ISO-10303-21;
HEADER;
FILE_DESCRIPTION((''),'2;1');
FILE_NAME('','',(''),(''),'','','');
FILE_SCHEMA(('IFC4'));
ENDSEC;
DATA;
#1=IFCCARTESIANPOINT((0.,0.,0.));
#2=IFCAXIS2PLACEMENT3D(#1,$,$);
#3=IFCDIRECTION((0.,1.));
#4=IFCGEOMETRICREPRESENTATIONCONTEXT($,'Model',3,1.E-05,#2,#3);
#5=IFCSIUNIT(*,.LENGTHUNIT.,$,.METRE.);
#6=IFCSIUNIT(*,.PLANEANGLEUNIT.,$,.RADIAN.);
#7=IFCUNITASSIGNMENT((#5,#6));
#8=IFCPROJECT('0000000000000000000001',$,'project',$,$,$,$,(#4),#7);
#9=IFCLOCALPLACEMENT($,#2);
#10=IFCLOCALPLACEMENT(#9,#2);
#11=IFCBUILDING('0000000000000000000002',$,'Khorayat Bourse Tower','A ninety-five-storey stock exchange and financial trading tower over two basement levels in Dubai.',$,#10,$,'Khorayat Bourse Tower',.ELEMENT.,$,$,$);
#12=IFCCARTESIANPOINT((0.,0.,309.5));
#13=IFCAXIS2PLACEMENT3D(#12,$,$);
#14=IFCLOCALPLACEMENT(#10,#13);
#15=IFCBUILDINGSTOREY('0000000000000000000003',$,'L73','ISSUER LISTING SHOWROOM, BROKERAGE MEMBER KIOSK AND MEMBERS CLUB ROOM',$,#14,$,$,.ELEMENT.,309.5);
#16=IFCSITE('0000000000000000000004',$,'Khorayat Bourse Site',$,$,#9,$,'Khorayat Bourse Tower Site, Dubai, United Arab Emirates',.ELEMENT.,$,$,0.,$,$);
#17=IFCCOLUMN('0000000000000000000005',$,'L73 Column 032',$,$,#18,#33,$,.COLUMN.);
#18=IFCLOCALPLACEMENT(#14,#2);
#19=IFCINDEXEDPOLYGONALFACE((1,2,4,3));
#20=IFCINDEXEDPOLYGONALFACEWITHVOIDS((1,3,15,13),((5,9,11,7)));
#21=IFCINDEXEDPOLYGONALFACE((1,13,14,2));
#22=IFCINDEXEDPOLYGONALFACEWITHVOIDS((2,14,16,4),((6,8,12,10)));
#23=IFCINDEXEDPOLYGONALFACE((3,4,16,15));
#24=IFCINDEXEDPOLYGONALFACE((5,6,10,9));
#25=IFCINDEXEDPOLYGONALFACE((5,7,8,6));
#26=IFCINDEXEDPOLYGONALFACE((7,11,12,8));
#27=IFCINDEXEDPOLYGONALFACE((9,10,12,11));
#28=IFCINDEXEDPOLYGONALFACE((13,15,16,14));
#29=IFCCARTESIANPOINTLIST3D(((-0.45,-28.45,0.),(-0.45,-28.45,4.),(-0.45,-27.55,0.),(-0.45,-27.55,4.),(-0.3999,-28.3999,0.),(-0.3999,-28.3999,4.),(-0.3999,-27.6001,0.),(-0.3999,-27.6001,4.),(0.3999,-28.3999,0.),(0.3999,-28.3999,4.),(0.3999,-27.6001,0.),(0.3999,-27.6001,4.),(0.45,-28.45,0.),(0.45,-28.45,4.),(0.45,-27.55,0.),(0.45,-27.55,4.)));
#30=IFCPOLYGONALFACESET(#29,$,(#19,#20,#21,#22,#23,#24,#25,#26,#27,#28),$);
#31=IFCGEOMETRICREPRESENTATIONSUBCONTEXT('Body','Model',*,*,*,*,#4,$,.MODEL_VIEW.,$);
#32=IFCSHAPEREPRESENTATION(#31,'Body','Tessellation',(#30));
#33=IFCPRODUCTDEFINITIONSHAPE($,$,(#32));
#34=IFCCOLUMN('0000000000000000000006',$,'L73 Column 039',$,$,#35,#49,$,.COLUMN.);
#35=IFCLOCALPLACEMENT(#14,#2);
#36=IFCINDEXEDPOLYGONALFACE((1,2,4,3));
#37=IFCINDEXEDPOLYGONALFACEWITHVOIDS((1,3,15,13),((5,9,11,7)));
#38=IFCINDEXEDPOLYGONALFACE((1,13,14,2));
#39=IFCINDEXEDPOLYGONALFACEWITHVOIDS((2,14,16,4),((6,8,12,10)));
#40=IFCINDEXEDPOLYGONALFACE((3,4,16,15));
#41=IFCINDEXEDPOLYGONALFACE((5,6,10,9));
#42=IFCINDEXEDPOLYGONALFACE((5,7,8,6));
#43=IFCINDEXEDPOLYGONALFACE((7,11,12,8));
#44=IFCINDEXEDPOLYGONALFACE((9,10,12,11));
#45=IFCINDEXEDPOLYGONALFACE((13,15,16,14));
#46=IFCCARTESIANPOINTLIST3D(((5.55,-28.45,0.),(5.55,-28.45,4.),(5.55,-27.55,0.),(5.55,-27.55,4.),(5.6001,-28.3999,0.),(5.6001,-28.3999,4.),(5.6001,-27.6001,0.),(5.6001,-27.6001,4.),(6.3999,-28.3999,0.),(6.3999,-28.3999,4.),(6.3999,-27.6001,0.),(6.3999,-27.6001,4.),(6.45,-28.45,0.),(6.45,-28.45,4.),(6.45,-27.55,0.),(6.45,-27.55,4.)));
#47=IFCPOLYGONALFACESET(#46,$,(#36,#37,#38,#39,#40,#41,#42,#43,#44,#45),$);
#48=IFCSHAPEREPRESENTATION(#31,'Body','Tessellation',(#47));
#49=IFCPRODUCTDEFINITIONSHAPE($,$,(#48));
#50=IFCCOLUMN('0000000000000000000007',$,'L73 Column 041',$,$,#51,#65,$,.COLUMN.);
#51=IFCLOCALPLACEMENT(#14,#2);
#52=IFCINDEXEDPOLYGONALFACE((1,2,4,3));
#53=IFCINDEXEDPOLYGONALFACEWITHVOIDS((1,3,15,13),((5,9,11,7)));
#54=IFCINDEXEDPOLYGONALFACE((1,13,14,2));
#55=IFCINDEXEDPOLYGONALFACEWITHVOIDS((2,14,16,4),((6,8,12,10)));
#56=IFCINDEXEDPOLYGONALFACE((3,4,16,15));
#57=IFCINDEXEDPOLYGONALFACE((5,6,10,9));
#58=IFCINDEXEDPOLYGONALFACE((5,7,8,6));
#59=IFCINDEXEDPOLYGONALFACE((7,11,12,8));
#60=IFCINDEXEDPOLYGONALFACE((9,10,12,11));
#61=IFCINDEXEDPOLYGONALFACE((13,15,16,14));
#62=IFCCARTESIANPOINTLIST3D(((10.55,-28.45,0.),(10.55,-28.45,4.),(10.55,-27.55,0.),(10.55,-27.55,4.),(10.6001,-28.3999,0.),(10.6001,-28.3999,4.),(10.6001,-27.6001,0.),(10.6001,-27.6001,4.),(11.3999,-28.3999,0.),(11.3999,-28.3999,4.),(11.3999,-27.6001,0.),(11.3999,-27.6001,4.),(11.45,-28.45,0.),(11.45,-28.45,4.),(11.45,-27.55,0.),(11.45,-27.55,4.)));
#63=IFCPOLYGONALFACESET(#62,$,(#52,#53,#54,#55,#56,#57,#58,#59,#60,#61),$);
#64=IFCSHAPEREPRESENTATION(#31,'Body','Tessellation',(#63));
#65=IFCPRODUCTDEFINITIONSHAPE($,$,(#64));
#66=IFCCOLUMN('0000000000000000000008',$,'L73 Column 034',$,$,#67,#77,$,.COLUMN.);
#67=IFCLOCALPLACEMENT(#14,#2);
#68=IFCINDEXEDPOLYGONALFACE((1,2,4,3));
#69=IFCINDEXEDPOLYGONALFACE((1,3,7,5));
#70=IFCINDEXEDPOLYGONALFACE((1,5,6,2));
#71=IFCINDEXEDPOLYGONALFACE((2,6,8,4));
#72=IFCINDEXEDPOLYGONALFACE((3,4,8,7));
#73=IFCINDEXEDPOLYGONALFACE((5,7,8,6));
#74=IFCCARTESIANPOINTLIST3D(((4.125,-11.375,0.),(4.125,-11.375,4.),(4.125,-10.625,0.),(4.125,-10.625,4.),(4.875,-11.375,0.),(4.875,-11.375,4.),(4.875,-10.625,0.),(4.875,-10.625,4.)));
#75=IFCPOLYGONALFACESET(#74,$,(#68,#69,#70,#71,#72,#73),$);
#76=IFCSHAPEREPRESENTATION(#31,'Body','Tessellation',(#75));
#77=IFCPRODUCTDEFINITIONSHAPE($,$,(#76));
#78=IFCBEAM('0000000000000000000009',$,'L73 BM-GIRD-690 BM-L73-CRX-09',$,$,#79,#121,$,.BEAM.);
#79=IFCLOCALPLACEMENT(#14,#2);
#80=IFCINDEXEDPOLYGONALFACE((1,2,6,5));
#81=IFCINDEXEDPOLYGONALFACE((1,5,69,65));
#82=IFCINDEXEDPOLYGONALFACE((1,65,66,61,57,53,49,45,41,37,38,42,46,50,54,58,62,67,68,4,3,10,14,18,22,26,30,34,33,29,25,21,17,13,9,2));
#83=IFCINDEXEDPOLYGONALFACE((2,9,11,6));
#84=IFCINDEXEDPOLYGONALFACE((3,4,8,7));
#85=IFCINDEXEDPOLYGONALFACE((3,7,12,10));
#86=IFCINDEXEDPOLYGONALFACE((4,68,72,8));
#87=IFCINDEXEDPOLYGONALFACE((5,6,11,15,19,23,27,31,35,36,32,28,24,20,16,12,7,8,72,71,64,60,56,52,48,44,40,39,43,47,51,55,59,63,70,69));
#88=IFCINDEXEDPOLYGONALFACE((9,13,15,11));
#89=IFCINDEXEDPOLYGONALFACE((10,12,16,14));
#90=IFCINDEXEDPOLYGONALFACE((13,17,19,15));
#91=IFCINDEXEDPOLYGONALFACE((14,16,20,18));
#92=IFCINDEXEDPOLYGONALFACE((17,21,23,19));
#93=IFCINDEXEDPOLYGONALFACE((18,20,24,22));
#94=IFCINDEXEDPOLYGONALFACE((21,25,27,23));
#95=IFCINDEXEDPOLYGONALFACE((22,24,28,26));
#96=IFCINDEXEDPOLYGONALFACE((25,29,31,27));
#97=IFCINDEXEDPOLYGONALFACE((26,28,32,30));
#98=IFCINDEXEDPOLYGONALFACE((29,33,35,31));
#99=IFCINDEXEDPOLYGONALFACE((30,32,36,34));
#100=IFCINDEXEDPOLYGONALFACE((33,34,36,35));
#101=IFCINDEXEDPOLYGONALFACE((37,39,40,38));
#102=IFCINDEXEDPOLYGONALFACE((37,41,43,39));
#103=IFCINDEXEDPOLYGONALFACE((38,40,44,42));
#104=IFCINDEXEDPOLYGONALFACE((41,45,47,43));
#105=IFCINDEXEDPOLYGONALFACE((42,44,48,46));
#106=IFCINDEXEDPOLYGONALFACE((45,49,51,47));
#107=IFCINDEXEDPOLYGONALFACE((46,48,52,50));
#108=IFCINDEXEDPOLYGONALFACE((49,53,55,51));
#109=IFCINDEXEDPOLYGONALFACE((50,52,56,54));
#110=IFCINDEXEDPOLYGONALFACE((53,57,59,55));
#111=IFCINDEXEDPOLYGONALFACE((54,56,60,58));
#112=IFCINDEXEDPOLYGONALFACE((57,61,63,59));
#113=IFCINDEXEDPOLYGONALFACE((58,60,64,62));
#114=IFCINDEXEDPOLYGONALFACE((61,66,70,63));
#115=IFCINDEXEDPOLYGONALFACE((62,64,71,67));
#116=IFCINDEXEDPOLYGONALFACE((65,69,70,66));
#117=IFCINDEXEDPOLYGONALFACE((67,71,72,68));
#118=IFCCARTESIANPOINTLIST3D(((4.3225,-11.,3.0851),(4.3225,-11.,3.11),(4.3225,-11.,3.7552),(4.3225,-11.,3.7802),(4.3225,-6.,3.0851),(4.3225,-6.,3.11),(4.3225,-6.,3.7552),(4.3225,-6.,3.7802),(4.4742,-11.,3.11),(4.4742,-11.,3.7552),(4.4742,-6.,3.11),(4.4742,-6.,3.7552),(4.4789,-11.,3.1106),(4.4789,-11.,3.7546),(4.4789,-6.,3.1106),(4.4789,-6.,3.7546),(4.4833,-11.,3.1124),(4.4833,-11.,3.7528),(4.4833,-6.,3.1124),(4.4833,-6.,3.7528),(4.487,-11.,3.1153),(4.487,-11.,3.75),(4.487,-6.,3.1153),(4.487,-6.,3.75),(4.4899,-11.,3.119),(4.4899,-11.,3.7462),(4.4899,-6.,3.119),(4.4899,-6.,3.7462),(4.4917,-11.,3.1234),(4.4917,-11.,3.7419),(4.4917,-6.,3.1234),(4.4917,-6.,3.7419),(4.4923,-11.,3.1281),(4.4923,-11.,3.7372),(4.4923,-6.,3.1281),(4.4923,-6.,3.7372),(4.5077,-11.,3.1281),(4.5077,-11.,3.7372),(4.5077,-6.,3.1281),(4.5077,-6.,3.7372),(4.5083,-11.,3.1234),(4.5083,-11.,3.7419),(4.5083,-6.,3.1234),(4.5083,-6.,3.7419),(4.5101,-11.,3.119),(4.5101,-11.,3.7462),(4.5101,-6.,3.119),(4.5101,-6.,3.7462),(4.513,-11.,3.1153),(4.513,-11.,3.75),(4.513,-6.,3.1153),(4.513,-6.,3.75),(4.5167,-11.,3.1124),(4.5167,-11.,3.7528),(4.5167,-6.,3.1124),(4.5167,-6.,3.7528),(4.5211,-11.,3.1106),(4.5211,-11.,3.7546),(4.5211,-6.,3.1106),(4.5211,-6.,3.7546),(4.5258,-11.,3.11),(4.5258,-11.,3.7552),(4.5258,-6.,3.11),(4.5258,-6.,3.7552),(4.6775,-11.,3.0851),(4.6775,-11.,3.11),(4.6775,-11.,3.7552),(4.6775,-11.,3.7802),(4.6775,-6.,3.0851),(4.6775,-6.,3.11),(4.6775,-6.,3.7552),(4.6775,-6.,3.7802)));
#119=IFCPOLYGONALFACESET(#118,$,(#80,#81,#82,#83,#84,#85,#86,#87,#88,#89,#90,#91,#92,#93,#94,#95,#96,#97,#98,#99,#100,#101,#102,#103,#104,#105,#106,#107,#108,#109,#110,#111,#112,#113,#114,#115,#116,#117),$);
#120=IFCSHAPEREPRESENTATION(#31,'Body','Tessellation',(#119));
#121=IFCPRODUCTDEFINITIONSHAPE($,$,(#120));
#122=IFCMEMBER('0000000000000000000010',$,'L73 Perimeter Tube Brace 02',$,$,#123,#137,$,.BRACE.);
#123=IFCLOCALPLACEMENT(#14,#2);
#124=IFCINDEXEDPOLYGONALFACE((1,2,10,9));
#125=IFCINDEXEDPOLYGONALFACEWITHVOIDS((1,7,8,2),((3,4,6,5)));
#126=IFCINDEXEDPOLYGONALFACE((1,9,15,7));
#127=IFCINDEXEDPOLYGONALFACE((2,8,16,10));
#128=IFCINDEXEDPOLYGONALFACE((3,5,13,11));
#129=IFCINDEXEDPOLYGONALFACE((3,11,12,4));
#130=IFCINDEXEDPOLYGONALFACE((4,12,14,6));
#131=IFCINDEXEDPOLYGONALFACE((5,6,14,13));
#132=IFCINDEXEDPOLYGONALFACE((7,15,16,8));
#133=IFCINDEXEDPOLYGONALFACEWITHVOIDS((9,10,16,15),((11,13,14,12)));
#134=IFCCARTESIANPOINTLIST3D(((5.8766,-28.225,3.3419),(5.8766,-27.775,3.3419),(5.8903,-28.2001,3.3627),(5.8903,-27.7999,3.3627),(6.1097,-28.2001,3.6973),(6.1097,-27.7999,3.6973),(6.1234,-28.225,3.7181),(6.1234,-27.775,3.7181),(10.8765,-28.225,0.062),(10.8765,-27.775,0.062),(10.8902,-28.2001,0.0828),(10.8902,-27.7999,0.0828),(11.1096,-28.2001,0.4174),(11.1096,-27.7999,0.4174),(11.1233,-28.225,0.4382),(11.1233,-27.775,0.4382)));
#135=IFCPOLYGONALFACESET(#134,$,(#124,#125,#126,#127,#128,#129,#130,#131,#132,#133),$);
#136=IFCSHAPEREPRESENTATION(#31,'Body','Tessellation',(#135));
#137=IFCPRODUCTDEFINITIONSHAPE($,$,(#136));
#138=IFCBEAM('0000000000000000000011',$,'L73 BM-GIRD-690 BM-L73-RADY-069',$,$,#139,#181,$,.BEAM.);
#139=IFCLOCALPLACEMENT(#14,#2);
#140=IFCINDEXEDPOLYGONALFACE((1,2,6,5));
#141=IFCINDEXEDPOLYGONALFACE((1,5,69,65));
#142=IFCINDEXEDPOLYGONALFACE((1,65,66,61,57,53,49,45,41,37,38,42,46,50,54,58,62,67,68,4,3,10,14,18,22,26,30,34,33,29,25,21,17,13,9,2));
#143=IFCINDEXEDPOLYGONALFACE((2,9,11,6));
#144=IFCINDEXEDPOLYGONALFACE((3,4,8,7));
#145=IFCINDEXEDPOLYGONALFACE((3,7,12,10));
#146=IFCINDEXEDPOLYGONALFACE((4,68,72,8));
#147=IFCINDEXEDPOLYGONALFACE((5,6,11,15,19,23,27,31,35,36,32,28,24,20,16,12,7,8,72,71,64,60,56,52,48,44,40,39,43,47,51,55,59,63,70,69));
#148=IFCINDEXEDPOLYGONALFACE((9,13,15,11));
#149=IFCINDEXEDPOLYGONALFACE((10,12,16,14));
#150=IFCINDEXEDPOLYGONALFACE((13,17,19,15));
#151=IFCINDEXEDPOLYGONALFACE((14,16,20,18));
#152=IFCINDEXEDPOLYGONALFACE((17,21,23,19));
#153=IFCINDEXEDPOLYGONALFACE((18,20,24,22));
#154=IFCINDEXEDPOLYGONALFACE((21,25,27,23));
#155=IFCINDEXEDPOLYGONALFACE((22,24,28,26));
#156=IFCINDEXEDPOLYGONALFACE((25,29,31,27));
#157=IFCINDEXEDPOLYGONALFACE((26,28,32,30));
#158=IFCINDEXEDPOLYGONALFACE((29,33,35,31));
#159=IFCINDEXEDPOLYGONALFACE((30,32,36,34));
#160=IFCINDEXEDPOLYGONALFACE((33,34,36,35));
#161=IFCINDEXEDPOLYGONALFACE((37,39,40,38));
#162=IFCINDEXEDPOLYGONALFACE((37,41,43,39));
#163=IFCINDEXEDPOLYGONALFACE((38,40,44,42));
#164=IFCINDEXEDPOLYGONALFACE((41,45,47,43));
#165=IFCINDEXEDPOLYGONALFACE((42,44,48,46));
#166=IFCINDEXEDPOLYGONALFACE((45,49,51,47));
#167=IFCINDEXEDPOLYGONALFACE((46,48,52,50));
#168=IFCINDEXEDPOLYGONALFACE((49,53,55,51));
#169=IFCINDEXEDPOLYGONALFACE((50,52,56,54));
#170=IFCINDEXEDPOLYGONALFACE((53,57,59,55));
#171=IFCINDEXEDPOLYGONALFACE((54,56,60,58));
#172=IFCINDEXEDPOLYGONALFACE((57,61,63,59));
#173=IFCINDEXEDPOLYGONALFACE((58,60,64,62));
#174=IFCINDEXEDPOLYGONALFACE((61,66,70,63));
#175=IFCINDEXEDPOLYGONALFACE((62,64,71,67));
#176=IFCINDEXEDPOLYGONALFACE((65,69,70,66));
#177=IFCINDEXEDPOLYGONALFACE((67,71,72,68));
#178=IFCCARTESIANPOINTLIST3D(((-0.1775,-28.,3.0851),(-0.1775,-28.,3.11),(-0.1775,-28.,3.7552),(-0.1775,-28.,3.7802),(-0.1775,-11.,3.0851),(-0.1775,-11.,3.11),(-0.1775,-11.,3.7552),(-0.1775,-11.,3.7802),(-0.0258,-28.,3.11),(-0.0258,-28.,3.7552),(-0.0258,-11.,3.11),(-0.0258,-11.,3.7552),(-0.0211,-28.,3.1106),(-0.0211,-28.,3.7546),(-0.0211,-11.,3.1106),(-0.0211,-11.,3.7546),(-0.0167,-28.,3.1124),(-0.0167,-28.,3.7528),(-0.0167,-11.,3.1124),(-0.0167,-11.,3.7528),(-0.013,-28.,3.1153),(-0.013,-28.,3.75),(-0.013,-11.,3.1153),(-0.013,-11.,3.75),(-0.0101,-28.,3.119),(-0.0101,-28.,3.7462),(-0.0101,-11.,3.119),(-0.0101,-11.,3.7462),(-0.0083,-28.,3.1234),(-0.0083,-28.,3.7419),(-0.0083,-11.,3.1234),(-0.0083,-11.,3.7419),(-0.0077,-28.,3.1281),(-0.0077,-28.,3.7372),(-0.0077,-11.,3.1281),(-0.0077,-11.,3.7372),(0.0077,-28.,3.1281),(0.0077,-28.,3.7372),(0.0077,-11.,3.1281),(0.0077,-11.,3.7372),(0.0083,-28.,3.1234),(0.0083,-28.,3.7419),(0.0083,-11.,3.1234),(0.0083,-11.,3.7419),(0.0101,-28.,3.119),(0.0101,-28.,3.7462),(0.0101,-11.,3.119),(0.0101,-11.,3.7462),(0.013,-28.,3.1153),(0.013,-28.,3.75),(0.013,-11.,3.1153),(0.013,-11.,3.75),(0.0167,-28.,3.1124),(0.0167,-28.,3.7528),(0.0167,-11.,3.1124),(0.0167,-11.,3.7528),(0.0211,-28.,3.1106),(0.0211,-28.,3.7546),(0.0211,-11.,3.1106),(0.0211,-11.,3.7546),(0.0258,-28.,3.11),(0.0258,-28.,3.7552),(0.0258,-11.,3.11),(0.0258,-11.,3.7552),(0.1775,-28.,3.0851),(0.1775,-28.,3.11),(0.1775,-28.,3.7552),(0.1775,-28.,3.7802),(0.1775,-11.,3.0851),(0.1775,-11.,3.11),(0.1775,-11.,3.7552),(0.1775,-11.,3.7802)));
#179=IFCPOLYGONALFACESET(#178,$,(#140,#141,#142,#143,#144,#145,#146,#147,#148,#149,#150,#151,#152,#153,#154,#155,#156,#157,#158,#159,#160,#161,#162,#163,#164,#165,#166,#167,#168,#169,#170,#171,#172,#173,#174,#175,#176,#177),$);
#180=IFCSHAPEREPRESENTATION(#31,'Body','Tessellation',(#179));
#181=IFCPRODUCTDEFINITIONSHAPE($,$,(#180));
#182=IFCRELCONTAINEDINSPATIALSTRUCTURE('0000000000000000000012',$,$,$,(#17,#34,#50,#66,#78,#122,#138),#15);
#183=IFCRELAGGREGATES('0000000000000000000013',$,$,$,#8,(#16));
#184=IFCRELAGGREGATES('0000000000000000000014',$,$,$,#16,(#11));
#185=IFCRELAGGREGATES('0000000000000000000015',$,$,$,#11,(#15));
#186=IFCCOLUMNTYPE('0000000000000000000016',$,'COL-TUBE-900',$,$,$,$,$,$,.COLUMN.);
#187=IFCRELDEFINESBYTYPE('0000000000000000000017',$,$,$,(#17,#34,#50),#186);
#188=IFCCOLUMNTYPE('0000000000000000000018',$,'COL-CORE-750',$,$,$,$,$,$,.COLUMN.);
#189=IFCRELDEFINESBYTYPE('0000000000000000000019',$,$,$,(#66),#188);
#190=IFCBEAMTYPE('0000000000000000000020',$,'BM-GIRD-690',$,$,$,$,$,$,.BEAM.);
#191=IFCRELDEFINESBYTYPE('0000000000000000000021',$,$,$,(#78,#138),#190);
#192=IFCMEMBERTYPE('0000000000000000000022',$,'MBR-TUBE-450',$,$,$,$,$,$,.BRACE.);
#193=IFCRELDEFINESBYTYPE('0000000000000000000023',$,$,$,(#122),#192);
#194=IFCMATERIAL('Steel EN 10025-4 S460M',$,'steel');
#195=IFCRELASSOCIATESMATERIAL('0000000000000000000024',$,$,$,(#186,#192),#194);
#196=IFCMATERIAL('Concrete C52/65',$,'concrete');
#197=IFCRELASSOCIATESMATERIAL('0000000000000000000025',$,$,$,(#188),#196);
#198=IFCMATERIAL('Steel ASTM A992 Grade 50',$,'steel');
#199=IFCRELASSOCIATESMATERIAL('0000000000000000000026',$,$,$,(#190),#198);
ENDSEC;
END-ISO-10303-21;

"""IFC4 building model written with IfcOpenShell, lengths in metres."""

from ifc_helpers import new_model, si_unit, direction, frame, origin, origin_2d, place, context, subcontext, project, spatial, rectangle, hollow_rectangle, i_section, extrude, source, transform, mapped, material, material_profile, profile_set, type_object, element, save


model = new_model("IFC4")

# Units and contexts
model_context = context("Model", 3, precision=1e-05, world=origin(), true_north=direction((0.0, 1.0)))
body_context = subcontext(model_context, "Body", "Model", "MODEL_VIEW")
ifc_project = project(units=[si_unit("LENGTHUNIT", "METRE"), si_unit("PLANEANGLEUNIT", "RADIAN")], contexts=[model_context])

# Site, building, storey
site_placement = place(None, origin())
site = spatial("IfcSite", under=ifc_project, at=site_placement, Name="Khorayat Bourse Site", LongName="Khorayat Bourse Tower Site, Dubai, United Arab Emirates", CompositionType="ELEMENT", RefElevation=0.0)
building_placement = place(site_placement, origin())
building = spatial("IfcBuilding", under=site, at=building_placement, Name="Khorayat Bourse Tower", Description="A ninety-five-storey stock exchange and financial trading tower over two basement levels in Dubai.", LongName="Khorayat Bourse Tower", CompositionType="ELEMENT")
storey_placement = place(building_placement, frame((0.0, 0.0, 309.5)))
storey = spatial("IfcBuildingStorey", under=building, at=storey_placement, Name="L73", Description="ISSUER LISTING SHOWROOM, BROKERAGE MEMBER KIOSK AND MEMBERS CLUB ROOM", CompositionType="ELEMENT", Elevation=309.5)

# Columns
ifc_material_1 = material(Name="Steel EN 10025-4 S460M", Category="steel")
ifc_material_profile_1 = material_profile(ifc_material_1, hollow_rectangle(XDim=0.8999, YDim=0.8999, WallThickness=0.05, at=origin_2d()), Name="BOX 900x900x50")
ifc_profile_set_1 = profile_set([ifc_material_profile_1], Name="Steel EN 10025-4 S460M")
column_type_1 = type_object("IfcColumnType", Name="COL-TUBE-900", PredefinedType="COLUMN", material=ifc_profile_set_1)
shared_shape_1 = source(origin(), body_context, "Body", "SweptSolid", [
    extrude(hollow_rectangle(XDim=0.8999, YDim=0.8999, WallThickness=0.05, at=origin_2d()), origin(), (0.0, 0.0, 1.0), 4.0),
])
for number, where, z_axis, x_axis, name in (
    (1, (0.0, -28.0, 0.0), (0.0, 0.0, 1.0), (1.0, 0.0, 0.0), "L73 Column 032"),
    (2, (6.0, -28.0, 0.0), (0.0, 0.0, 1.0), (1.0, 0.0, 0.0), "L73 Column 039"),
    (3, (11.0, -28.0, 0.0), (0.0, 0.0, 1.0), (1.0, 0.0, 0.0), "L73 Column 041"),
):
    element("IfcColumn", number, at=place(storey_placement, frame(where, z_axis=z_axis, x_axis=x_axis)), inside=storey, type_object=column_type_1, Name=name, PredefinedType="COLUMN", context=body_context, shape_type="MappedRepresentation", body=[
        mapped(shared_shape_1, transform((0.0, 0.0, 0.0), scale=1.0)),
    ])
ifc_material_2 = material(Name="Concrete C52/65", Category="concrete")
ifc_material_profile_2 = material_profile(ifc_material_2, rectangle(XDim=0.75, YDim=0.75, at=origin_2d()), Name="RC 750x750")
ifc_profile_set_2 = profile_set([ifc_material_profile_2], Name="Concrete C52/65")
column_type_2 = type_object("IfcColumnType", Name="COL-CORE-750", PredefinedType="COLUMN", material=ifc_profile_set_2)
shared_shape_2 = source(origin(), body_context, "Body", "SweptSolid", [
    extrude(rectangle(XDim=0.75, YDim=0.75, at=origin_2d()), origin(), (0.0, 0.0, 1.0), 4.0),
])
column_placement = place(storey_placement, frame((4.5, -11.0, 0.0), z_axis=(0.0, 0.0, 1.0), x_axis=(1.0, 0.0, 0.0)))
element("IfcColumn", 4, at=column_placement, inside=storey, type_object=column_type_2, Name="L73 Column 034", PredefinedType="COLUMN", context=body_context, shape_type="MappedRepresentation", body=[
    mapped(shared_shape_2, transform((0.0, 0.0, 0.0), scale=1.0)),
])

# Beam
ifc_material_3 = material(Name="Steel ASTM A992 Grade 50", Category="steel")
ifc_material_profile_3 = material_profile(ifc_material_3, i_section(OverallWidth=0.355, OverallDepth=0.6951, WebThickness=0.0154, FlangeThickness=0.0249, FilletRadius=0.0181, at=origin_2d()), Name="W690X217")
ifc_profile_set_3 = profile_set([ifc_material_profile_3], Name="Steel ASTM A992 Grade 50")
beam_type_1 = type_object("IfcBeamType", Name="BM-GIRD-690", PredefinedType="BEAM", material=ifc_profile_set_3)
shared_shape_3 = source(origin(), body_context, "Body", "SweptSolid", [
    extrude(i_section(OverallWidth=0.355, OverallDepth=0.6951, WebThickness=0.0154, FlangeThickness=0.0249, FilletRadius=0.0181, at=origin_2d()), origin(), (0.0, 0.0, 1.0), 5.0),
])
beam_1_placement = place(storey_placement, frame((4.5, -11.0, 3.4326), z_axis=(0.0, 1.0, 0.0), x_axis=(-1.0, 0.0, 0.0)))
element("IfcBeam", 5, at=beam_1_placement, inside=storey, type_object=beam_type_1, Name="L73 BM-GIRD-690 BM-L73-CRX-09", PredefinedType="BEAM", context=body_context, shape_type="MappedRepresentation", body=[
    mapped(shared_shape_3, transform((0.0, 0.0, 0.0), scale=1.0)),
])

# Member
ifc_material_profile_4 = material_profile(ifc_material_1, hollow_rectangle(XDim=0.45, YDim=0.45, WallThickness=0.0249, at=origin_2d()), Name="HSS 450x450x25")
ifc_profile_set_4 = profile_set([ifc_material_profile_4], Name="Steel EN 10025-4 S460M")
member_type_1 = type_object("IfcMemberType", Name="MBR-TUBE-450", PredefinedType="BRACE", material=ifc_profile_set_4)
shared_shape_4 = source(origin(), body_context, "Body", "SweptSolid", [
    extrude(hollow_rectangle(XDim=0.45, YDim=0.45, WallThickness=0.0249, at=origin_2d()), origin(), (0.0, 0.0, 1.0), 5.9797),
])
member_1_placement = place(storey_placement, frame((6.0, -28.0, 3.53), z_axis=(0.836142, 0.0, -0.548514), x_axis=(0.0, 1.0, 0.0)))
element("IfcMember", 6, at=member_1_placement, inside=storey, type_object=member_type_1, Name="L73 Perimeter Tube Brace 02", PredefinedType="BRACE", context=body_context, shape_type="MappedRepresentation", body=[
    mapped(shared_shape_4, transform((0.0, 0.0, 0.0), scale=1.0)),
])

# Beam
shared_shape_5 = source(origin(), body_context, "Body", "SweptSolid", [
    extrude(i_section(OverallWidth=0.355, OverallDepth=0.6951, WebThickness=0.0154, FlangeThickness=0.0249, FilletRadius=0.0181, at=origin_2d()), origin(), (0.0, 0.0, 1.0), 17.0),
])
for number, where, z_axis, x_axis, name in (
    (7, (0.0, -28.0, 3.4326), (0.0, 1.0, 0.0), (-1.0, 0.0, 0.0), "L73 BM-GIRD-690 BM-L73-RADY-069"),
):
    element("IfcBeam", number, at=place(storey_placement, frame(where, z_axis=z_axis, x_axis=x_axis)), inside=storey, type_object=beam_type_1, Name=name, PredefinedType="BEAM", context=body_context, shape_type="MappedRepresentation", body=[
        mapped(shared_shape_5, transform((0.0, 0.0, 0.0), scale=1.0)),
    ])

save(model, "model.ifc")
